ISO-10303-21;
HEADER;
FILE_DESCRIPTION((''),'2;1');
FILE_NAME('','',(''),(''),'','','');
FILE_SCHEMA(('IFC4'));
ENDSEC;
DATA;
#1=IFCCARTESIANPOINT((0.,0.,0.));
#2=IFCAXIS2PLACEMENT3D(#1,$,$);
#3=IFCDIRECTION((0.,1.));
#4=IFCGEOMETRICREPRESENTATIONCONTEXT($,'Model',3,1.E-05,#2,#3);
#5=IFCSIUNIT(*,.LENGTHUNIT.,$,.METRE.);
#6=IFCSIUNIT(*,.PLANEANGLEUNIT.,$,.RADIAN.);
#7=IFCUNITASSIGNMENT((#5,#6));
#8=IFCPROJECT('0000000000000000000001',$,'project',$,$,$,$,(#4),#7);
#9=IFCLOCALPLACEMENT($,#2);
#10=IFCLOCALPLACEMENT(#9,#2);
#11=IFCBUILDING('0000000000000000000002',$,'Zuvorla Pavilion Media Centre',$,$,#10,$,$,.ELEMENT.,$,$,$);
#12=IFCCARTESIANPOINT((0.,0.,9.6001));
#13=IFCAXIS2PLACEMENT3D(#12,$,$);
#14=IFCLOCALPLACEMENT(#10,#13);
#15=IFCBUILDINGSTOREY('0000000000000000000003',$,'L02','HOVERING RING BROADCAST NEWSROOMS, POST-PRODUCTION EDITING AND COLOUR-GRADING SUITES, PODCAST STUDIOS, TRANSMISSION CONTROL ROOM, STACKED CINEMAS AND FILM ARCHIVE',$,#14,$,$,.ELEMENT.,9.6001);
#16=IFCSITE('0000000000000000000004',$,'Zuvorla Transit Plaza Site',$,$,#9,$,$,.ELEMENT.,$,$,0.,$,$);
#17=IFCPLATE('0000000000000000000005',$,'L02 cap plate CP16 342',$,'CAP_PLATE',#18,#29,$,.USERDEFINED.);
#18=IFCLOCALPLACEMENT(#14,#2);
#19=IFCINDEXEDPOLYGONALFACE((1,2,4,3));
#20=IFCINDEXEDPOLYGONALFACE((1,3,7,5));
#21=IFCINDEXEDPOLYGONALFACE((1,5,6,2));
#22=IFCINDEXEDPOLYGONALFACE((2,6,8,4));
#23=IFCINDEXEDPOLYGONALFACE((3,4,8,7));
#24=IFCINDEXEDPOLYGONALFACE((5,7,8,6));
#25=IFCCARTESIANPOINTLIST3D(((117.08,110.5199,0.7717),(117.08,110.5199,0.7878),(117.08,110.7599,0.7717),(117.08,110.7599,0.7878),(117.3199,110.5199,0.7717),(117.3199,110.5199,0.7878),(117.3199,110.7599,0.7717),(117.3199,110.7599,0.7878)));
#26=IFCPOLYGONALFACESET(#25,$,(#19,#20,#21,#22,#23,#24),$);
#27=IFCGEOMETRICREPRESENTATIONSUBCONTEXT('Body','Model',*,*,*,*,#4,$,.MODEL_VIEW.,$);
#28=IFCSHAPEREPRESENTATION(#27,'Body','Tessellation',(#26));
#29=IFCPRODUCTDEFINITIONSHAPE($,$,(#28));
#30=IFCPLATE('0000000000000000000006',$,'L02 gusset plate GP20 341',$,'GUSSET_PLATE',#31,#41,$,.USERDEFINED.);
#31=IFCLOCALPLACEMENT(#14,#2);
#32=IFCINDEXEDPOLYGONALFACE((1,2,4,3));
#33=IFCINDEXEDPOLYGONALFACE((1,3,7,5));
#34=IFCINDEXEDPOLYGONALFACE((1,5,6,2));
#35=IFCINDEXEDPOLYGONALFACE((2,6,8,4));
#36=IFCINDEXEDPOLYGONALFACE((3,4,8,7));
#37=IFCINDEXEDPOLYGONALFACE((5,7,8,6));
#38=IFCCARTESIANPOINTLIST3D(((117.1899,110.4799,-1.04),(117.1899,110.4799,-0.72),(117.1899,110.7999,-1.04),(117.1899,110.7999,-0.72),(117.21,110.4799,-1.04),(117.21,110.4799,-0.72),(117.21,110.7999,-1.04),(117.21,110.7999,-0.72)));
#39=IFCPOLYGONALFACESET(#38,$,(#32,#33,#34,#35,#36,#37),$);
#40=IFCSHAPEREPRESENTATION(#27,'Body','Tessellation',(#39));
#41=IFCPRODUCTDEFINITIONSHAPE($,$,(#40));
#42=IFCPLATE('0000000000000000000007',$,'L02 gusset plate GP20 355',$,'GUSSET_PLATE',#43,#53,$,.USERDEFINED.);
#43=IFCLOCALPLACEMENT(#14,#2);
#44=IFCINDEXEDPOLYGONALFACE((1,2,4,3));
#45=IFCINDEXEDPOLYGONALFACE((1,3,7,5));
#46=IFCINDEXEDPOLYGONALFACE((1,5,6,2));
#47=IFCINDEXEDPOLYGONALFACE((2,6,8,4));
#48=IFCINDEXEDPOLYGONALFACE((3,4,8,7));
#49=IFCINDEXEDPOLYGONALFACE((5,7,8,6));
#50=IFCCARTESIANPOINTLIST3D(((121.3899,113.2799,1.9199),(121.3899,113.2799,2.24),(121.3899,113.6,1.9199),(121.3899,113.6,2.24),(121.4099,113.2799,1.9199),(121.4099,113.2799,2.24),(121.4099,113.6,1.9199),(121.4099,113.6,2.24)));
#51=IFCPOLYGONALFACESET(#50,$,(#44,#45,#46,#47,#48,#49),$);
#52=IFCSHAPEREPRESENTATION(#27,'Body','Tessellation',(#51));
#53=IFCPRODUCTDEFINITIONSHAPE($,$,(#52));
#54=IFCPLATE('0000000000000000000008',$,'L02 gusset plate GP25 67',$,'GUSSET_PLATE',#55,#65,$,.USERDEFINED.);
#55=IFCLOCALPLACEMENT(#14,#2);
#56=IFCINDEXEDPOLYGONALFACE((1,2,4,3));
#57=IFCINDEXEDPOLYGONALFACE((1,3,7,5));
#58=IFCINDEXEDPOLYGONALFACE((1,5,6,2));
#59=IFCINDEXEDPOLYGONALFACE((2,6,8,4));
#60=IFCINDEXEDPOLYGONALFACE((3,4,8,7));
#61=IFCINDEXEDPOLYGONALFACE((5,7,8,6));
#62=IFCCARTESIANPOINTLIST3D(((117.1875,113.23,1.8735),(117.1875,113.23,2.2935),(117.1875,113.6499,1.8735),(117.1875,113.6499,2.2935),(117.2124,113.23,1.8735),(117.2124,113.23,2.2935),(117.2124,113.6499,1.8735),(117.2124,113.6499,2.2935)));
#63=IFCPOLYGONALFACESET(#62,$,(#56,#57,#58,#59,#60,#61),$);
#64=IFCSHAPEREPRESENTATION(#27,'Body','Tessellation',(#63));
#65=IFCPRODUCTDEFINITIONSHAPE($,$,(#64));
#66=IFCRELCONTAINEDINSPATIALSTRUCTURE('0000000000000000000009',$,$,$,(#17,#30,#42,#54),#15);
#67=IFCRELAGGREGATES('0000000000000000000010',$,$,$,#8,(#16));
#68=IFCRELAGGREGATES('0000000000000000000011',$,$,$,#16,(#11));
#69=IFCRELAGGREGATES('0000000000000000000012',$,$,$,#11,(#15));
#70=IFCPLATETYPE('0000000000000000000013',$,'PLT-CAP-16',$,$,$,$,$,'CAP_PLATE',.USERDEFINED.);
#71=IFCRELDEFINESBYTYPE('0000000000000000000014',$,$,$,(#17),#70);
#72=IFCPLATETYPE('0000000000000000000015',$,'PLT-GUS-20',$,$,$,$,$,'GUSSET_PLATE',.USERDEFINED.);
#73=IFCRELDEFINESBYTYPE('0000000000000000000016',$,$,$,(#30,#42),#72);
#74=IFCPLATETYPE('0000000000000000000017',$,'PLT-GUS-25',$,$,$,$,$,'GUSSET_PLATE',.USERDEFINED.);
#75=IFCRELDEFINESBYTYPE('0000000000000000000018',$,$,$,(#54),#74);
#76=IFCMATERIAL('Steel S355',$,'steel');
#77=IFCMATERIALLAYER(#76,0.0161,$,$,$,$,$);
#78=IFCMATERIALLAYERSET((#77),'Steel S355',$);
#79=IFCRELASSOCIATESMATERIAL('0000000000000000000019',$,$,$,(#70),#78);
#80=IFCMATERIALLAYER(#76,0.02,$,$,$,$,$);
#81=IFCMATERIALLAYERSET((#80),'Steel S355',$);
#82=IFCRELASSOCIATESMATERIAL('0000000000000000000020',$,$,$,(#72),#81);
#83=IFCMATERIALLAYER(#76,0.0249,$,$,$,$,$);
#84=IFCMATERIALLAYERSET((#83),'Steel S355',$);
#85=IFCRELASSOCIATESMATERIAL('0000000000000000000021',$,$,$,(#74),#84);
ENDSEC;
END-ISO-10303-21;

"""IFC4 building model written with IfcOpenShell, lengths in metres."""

from ifc_helpers import new_model, si_unit, direction, frame, origin, origin_2d, place, context, subcontext, project, spatial, rectangle, extrude, material, layer, layer_set, type_object, element, save


model = new_model("IFC4")

# Units and contexts
model_context = context("Model", 3, precision=1e-05, world=origin(), true_north=direction((0.0, 1.0)))
body_context = subcontext(model_context, "Body", "Model", "MODEL_VIEW")
ifc_project = project(units=[si_unit("LENGTHUNIT", "METRE"), si_unit("PLANEANGLEUNIT", "RADIAN")], contexts=[model_context])

# Site, building, storey
site_placement = place(None, origin())
site = spatial("IfcSite", under=ifc_project, at=site_placement, Name="Zuvorla Transit Plaza Site", CompositionType="ELEMENT", RefElevation=0.0)
building_placement = place(site_placement, origin())
building = spatial("IfcBuilding", under=site, at=building_placement, Name="Zuvorla Pavilion Media Centre", CompositionType="ELEMENT")
storey_placement = place(building_placement, frame((0.0, 0.0, 9.6001)))
storey = spatial("IfcBuildingStorey", under=building, at=storey_placement, Name="L02", Description="HOVERING RING BROADCAST NEWSROOMS, POST-PRODUCTION EDITING AND COLOUR-GRADING SUITES, PODCAST STUDIOS, TRANSMISSION CONTROL ROOM, STACKED CINEMAS AND FILM ARCHIVE", CompositionType="ELEMENT", Elevation=9.6001)

# Shared definitions
ifc_material_1 = material(Name="Steel S355", Category="steel")

# Plates
ifc_layer_1 = layer(ifc_material_1, 0.0161)
ifc_layer_set_1 = layer_set([ifc_layer_1], Name="Steel S355")
plate_type_1 = type_object("IfcPlateType", Name="PLT-CAP-16", ElementType="CAP_PLATE", PredefinedType="USERDEFINED", material=ifc_layer_set_1)
for number, where, z_axis, x_axis, name in (
    (1, (117.2, 110.6399, 0.7717), (0.0, 0.0, 1.0), (1.0, 0.0, 0.0), "L02 cap plate CP16 342"),
):
    element("IfcPlate", number, at=place(storey_placement, frame(where, z_axis=z_axis, x_axis=x_axis)), inside=storey, type_object=plate_type_1, Name=name, ObjectType="CAP_PLATE", PredefinedType="USERDEFINED", context=body_context, shape_type="SweptSolid", body=[
        extrude(rectangle(XDim=0.24, YDim=0.24, at=origin_2d()), origin(), (0.0, 0.0, 1.0), 0.0161),
    ])
ifc_layer_2 = layer(ifc_material_1, 0.02)
ifc_layer_set_2 = layer_set([ifc_layer_2], Name="Steel S355")
plate_type_2 = type_object("IfcPlateType", Name="PLT-GUS-20", ElementType="GUSSET_PLATE", PredefinedType="USERDEFINED", material=ifc_layer_set_2)
for number, where, z_axis, x_axis, name in (
    (2, (117.2, 110.6399, -1.04), (0.0, 0.0, 1.0), (1.0, 0.0, 0.0), "L02 gusset plate GP20 341"),
    (3, (121.3999, 113.4399, 1.9199), (0.0, 0.0, 1.0), (1.0, 0.0, 0.0), "L02 gusset plate GP20 355"),
):
    element("IfcPlate", number, at=place(storey_placement, frame(where, z_axis=z_axis, x_axis=x_axis)), inside=storey, type_object=plate_type_2, Name=name, ObjectType="GUSSET_PLATE", PredefinedType="USERDEFINED", context=body_context, shape_type="SweptSolid", body=[
        extrude(rectangle(XDim=0.02, YDim=0.3201, at=origin_2d()), origin(), (0.0, 0.0, 1.0), 0.3201),
    ])
ifc_layer_3 = layer(ifc_material_1, 0.0249)
ifc_layer_set_3 = layer_set([ifc_layer_3], Name="Steel S355")
plate_type_3 = type_object("IfcPlateType", Name="PLT-GUS-25", ElementType="GUSSET_PLATE", PredefinedType="USERDEFINED", material=ifc_layer_set_3)
plate_1_placement = place(storey_placement, frame((117.2, 113.4399, 1.8735), z_axis=(0.0, 0.0, 1.0), x_axis=(1.0, 0.0, 0.0)))
element("IfcPlate", 4, at=plate_1_placement, inside=storey, type_object=plate_type_3, Name="L02 gusset plate GP25 67", ObjectType="GUSSET_PLATE", PredefinedType="USERDEFINED", context=body_context, shape_type="SweptSolid", body=[
    extrude(rectangle(XDim=0.0249, YDim=0.4199, at=origin_2d()), origin(), (0.0, 0.0, 1.0), 0.4199),
])

save(model, "model.ifc")
